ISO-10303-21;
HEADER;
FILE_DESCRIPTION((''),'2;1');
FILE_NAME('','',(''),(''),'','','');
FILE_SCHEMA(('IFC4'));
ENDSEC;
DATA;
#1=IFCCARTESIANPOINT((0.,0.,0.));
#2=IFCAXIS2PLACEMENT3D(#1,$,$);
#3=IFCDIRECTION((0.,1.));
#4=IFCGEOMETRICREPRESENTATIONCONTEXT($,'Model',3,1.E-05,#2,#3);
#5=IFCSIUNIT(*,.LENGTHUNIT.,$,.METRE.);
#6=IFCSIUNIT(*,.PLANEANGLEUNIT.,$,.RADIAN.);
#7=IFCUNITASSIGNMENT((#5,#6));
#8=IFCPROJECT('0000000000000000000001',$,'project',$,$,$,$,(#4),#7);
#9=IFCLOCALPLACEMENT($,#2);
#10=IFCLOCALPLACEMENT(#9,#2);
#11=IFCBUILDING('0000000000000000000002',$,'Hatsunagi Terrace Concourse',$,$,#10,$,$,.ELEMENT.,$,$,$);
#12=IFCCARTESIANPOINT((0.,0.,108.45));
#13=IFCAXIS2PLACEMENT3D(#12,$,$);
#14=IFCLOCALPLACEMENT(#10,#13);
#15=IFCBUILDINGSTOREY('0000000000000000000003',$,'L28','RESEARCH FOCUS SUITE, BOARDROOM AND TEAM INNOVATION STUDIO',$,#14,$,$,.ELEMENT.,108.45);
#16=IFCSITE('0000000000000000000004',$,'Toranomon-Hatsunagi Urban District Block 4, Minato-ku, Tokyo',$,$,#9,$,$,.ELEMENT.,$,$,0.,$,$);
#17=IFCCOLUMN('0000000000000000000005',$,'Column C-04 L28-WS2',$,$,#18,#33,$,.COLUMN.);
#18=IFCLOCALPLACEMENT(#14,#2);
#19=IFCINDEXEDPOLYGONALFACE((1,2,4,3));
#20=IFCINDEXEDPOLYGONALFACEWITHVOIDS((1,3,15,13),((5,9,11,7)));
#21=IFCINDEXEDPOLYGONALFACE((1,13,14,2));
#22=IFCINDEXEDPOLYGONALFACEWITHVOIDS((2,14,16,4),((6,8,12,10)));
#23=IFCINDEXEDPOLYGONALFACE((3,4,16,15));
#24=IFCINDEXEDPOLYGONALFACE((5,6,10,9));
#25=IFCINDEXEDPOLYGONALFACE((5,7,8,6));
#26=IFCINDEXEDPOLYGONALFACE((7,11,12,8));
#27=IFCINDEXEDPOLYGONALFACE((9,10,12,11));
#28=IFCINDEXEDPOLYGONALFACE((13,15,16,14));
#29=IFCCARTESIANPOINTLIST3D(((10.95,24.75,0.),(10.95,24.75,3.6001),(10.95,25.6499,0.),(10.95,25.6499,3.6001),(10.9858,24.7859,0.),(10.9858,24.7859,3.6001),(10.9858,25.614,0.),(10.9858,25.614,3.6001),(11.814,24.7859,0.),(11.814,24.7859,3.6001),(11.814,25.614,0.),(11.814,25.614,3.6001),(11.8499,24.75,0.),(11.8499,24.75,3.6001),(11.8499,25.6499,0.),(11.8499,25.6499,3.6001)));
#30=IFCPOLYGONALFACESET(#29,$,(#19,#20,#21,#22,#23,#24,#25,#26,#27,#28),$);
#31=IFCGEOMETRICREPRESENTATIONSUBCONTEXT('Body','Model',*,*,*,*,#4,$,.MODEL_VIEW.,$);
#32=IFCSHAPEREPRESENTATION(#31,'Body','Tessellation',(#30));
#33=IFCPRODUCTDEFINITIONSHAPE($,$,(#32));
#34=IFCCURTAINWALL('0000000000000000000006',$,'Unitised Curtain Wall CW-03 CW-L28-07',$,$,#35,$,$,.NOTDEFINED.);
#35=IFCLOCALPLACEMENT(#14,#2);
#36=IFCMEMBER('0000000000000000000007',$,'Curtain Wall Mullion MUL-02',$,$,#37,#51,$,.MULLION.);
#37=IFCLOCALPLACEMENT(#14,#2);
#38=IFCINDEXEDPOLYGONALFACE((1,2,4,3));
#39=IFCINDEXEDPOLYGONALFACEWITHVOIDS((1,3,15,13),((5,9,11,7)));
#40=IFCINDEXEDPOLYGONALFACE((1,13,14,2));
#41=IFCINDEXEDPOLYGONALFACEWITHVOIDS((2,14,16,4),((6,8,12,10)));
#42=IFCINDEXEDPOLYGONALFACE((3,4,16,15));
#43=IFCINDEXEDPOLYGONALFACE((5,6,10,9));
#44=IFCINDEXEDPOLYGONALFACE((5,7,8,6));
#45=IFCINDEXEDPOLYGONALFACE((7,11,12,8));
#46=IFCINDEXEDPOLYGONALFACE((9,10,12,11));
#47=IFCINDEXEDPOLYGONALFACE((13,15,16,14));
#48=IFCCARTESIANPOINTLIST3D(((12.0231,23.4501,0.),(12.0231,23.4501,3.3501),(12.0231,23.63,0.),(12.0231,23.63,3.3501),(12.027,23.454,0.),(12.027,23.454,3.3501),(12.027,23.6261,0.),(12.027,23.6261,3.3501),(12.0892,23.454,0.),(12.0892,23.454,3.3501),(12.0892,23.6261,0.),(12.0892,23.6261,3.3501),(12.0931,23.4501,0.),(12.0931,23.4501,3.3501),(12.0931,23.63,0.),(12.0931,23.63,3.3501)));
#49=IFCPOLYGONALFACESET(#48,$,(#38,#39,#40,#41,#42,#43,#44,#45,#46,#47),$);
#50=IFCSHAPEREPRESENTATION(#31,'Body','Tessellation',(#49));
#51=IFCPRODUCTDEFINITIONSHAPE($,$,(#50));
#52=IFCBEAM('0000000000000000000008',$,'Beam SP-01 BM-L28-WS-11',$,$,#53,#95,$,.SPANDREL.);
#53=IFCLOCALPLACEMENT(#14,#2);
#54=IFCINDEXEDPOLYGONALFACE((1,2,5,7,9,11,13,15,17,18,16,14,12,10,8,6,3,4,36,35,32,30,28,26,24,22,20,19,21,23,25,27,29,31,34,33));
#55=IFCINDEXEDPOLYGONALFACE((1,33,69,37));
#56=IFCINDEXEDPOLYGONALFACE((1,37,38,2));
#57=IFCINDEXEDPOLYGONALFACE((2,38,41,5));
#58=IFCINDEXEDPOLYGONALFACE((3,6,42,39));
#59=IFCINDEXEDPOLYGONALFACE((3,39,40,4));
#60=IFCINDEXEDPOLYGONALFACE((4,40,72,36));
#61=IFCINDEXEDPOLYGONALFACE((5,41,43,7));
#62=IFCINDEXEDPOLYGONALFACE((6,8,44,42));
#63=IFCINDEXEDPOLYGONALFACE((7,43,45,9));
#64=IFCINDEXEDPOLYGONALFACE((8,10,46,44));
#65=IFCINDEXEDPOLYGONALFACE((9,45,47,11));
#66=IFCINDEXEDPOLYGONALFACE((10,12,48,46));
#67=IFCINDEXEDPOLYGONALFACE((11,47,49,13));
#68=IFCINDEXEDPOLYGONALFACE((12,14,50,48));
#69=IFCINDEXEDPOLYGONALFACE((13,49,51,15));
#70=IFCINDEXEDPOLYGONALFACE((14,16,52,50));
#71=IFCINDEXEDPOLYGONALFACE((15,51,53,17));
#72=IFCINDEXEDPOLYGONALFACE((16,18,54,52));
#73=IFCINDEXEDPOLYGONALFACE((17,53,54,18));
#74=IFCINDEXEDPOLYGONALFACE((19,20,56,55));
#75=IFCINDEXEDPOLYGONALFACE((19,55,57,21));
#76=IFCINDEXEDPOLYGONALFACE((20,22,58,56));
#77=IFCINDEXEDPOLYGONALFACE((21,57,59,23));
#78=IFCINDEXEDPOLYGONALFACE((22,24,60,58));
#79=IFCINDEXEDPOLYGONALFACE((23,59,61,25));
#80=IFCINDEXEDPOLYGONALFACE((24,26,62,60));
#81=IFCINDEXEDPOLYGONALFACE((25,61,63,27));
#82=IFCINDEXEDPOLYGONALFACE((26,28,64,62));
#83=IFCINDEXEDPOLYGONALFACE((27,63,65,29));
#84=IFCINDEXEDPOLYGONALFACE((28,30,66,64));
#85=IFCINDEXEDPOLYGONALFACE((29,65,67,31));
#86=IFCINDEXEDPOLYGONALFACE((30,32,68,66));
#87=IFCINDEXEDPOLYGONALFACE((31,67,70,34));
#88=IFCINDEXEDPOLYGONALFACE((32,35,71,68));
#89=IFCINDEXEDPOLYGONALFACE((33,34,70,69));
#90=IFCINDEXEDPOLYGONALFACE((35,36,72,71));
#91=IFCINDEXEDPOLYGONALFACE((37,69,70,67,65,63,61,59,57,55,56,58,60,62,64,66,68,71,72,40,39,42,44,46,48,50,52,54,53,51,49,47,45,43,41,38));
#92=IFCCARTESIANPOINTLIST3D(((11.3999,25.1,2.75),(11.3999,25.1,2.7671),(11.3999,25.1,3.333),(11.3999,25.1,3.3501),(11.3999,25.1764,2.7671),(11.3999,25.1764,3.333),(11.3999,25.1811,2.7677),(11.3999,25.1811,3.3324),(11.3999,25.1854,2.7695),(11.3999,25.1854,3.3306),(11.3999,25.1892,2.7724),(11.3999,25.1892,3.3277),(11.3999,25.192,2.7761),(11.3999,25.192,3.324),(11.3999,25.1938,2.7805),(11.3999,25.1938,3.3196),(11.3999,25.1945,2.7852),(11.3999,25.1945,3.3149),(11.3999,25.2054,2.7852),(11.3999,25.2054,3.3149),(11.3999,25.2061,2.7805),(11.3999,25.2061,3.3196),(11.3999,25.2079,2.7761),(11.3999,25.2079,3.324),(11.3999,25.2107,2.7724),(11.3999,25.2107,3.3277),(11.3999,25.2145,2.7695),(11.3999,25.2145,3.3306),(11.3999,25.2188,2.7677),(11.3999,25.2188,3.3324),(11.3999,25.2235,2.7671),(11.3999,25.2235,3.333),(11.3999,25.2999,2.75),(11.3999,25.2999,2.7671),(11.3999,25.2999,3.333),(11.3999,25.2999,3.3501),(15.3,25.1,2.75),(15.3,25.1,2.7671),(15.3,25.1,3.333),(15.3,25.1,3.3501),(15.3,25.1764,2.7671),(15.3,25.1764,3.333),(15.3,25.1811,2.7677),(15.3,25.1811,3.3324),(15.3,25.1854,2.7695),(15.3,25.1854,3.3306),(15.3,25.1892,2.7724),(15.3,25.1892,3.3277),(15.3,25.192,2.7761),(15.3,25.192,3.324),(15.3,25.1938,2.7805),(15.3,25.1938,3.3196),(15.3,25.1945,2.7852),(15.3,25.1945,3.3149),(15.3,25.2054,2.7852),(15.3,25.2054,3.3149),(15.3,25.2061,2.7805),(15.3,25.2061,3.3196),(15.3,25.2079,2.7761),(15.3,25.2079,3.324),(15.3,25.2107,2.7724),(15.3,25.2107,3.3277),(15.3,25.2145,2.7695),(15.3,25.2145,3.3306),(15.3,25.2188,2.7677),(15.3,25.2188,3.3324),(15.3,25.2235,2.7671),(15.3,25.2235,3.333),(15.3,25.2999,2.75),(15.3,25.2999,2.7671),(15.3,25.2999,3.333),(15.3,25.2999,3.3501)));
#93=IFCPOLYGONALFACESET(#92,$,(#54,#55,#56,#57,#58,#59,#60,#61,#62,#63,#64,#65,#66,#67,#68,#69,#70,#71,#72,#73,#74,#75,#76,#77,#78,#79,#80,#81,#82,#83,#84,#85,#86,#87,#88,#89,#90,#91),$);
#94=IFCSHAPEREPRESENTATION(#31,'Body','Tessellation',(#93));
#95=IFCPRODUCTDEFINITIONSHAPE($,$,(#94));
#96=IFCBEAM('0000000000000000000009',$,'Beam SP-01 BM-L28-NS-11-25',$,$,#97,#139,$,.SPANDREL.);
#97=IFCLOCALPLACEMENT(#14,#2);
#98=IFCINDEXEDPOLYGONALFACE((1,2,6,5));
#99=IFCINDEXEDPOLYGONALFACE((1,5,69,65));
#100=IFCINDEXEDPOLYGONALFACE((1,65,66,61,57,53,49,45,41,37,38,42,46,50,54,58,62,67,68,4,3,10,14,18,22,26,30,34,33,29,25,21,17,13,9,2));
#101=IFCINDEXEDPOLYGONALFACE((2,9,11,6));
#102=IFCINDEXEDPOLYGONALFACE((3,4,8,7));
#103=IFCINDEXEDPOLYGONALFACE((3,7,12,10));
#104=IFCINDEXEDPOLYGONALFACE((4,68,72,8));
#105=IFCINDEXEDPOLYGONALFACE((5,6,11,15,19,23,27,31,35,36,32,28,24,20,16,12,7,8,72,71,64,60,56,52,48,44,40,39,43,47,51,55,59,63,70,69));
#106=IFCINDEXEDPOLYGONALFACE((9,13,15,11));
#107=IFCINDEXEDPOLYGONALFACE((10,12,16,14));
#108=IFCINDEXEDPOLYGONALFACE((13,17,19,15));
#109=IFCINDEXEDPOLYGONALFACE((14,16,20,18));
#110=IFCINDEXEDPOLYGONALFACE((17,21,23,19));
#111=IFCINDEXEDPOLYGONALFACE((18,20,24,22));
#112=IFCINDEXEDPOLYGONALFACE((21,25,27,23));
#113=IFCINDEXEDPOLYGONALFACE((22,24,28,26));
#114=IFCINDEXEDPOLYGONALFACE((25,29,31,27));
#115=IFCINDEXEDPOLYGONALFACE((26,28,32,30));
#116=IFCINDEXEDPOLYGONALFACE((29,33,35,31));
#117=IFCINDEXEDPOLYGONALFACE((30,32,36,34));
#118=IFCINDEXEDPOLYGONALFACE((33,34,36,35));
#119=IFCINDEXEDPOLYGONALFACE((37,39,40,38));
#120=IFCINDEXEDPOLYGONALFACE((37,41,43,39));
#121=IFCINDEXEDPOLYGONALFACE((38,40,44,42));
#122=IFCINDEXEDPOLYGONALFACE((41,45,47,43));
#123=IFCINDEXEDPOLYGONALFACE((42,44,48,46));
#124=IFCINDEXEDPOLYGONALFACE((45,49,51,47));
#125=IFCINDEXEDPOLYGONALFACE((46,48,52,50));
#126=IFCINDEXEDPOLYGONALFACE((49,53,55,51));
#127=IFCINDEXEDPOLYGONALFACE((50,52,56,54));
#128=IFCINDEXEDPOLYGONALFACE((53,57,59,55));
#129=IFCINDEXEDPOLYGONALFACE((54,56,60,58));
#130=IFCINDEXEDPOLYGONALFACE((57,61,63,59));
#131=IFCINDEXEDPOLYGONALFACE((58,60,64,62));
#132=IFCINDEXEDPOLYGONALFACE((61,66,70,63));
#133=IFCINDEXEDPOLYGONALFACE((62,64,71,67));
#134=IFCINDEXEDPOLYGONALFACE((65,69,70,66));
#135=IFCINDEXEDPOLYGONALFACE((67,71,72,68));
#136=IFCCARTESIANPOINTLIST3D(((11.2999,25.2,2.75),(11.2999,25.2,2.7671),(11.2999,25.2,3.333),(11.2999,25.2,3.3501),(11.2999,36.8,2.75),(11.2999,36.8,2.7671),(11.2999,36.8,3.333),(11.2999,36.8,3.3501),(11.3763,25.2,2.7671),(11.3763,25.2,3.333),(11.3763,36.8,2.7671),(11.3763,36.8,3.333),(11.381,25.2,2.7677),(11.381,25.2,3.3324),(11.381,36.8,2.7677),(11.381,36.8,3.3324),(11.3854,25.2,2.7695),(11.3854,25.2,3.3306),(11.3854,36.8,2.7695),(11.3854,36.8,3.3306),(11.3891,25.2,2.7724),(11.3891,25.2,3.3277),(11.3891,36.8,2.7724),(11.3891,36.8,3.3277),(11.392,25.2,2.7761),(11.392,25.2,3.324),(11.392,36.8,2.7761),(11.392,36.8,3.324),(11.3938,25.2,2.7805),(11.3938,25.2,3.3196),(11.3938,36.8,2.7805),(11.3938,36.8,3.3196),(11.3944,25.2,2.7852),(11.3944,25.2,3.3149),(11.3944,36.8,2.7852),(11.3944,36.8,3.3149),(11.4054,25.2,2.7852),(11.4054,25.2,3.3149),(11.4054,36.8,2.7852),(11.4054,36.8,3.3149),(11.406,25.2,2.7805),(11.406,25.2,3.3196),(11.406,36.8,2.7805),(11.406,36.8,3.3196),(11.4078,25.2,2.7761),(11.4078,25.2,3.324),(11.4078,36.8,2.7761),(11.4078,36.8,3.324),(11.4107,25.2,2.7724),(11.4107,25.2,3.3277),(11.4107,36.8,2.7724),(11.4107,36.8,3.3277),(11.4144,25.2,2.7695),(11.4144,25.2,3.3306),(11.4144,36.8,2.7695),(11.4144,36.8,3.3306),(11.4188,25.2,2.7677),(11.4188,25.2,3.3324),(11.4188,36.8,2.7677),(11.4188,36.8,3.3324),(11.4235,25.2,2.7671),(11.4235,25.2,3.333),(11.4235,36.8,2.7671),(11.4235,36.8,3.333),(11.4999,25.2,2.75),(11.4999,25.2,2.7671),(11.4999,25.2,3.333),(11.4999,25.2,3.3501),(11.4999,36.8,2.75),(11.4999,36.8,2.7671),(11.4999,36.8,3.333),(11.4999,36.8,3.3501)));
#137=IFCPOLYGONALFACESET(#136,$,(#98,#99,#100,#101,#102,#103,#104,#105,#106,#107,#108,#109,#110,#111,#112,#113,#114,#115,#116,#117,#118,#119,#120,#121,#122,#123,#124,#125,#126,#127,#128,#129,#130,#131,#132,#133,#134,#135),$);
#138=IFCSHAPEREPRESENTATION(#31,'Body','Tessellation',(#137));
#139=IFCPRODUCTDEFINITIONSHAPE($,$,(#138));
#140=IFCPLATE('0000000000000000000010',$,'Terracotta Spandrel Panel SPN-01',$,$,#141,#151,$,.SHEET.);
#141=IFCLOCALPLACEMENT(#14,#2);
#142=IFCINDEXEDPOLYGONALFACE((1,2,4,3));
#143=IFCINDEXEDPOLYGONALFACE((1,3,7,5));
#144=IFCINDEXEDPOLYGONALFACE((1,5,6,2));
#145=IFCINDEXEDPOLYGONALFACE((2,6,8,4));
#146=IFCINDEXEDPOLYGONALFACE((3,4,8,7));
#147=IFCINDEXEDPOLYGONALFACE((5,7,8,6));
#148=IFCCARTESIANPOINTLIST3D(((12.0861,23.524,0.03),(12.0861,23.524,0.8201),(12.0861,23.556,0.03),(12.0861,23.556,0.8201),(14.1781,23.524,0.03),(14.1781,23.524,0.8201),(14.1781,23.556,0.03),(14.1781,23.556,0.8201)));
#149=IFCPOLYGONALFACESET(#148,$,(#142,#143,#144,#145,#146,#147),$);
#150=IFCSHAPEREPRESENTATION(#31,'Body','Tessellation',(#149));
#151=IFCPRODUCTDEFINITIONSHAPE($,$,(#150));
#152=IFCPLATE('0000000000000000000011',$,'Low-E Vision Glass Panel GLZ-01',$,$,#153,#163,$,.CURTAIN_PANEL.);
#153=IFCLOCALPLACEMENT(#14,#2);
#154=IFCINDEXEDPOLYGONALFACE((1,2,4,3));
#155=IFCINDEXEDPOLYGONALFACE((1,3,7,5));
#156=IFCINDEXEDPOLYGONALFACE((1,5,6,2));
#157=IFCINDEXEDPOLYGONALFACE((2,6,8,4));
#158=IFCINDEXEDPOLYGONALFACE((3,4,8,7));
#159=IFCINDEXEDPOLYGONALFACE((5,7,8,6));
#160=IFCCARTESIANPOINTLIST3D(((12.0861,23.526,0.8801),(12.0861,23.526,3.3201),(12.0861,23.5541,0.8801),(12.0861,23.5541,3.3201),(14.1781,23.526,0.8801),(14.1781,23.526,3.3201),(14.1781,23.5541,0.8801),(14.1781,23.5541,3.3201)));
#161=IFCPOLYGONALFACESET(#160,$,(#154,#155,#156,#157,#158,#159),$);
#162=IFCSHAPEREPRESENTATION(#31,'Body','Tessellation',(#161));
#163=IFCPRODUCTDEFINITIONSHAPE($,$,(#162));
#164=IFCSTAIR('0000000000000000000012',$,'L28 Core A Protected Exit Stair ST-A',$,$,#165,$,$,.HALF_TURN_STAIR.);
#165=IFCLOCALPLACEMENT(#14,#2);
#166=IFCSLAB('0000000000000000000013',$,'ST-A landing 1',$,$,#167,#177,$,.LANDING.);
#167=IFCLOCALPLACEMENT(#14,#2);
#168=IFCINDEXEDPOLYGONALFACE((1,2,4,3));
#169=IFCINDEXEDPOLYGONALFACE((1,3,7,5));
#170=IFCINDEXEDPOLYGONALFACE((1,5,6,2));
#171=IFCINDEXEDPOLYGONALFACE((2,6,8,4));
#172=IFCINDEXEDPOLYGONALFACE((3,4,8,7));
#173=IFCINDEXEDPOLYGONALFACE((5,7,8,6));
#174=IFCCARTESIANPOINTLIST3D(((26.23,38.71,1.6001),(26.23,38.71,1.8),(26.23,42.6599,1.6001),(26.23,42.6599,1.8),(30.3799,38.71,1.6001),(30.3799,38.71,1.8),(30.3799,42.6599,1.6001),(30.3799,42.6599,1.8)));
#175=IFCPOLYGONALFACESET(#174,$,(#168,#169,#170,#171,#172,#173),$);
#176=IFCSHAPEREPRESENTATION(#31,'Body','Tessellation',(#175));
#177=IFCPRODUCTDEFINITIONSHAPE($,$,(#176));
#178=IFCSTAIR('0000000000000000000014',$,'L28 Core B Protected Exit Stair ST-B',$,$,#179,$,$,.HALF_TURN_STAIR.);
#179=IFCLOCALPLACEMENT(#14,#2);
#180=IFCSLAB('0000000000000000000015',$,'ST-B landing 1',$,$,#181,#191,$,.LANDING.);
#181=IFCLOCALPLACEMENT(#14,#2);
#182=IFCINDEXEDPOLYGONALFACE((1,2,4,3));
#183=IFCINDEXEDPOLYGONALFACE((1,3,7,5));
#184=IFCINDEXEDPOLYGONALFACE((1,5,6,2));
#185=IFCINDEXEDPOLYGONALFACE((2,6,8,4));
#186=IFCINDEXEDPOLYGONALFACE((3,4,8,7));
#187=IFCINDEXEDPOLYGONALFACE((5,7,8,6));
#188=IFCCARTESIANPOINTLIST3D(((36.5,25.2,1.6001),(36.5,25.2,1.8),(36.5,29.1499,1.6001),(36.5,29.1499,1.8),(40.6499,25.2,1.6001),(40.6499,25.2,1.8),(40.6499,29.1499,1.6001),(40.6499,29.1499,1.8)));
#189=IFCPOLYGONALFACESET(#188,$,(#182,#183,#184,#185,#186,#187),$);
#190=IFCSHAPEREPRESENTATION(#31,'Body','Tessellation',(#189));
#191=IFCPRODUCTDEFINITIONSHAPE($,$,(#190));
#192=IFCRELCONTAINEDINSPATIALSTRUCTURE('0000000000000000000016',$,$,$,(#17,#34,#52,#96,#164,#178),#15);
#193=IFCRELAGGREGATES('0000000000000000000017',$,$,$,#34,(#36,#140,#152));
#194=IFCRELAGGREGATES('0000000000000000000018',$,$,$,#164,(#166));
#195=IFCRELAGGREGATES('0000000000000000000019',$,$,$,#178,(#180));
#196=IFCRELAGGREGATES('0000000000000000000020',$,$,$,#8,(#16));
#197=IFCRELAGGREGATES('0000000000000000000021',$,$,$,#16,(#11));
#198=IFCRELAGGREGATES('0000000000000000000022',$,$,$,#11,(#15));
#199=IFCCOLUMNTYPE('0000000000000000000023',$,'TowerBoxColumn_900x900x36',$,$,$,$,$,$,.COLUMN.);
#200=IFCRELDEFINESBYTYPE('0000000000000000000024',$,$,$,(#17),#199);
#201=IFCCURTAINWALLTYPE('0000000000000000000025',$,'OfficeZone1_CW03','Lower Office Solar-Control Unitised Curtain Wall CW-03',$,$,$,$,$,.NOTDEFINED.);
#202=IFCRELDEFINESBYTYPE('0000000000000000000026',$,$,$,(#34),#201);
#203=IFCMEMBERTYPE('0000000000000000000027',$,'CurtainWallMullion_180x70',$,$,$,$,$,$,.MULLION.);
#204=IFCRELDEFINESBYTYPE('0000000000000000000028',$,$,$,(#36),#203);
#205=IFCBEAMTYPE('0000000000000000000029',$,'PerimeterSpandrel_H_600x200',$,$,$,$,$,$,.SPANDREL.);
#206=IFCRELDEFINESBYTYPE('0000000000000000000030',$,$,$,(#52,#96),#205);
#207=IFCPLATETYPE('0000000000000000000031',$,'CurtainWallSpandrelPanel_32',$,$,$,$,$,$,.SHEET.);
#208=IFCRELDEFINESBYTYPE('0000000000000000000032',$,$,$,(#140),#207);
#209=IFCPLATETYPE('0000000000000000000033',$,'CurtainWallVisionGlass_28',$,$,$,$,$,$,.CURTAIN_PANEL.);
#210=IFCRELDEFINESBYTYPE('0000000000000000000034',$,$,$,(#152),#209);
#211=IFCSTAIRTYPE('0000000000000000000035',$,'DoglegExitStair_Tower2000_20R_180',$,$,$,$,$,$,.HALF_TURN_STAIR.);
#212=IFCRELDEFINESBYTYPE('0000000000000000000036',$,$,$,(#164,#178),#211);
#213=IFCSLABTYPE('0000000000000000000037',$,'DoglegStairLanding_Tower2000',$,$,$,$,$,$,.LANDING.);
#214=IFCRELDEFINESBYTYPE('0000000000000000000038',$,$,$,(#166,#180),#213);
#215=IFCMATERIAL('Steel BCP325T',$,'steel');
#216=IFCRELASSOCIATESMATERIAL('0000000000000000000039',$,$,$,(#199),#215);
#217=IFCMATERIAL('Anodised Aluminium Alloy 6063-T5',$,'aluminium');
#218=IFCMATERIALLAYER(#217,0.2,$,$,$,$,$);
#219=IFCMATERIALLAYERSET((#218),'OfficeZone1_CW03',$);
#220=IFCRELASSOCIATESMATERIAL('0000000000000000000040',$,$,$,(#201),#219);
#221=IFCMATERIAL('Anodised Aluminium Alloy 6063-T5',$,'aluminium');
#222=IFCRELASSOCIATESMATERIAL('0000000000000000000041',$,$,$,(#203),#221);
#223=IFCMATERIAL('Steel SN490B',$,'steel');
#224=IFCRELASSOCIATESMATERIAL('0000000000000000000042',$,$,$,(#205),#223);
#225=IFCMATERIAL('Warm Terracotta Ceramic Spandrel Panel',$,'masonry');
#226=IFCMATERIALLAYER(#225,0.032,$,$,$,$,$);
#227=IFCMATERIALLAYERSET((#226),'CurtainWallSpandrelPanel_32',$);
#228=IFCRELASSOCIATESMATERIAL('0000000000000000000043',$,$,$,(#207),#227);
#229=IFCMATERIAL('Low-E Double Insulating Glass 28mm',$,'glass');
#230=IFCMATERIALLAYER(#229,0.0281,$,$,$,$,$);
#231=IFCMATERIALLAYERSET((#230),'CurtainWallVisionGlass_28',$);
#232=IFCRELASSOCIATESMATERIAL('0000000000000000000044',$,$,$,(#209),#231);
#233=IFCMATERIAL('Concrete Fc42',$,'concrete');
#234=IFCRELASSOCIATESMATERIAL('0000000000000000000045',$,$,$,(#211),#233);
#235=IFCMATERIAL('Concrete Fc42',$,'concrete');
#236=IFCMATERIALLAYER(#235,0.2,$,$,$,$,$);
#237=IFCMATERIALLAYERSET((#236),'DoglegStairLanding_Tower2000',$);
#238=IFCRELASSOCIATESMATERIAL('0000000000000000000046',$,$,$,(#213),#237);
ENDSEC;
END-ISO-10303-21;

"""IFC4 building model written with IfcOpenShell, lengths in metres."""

from ifc_helpers import new_model, si_unit, direction, frame, origin, origin_2d, place, context, subcontext, project, spatial, polyline, rectangle, hollow_rectangle, i_section, outline, extrude, material, layer, layer_set, material_profile, profile_set, type_object, element, aggregate, save


model = new_model("IFC4")

# Units and contexts
model_context = context("Model", 3, precision=1e-05, world=origin(), true_north=direction((0.0, 1.0)))
body_context = subcontext(model_context, "Body", "Model", "MODEL_VIEW")
ifc_project = project(units=[si_unit("LENGTHUNIT", "METRE"), si_unit("PLANEANGLEUNIT", "RADIAN")], contexts=[model_context])

# Site, building, storey
site_placement = place(None, origin())
site = spatial("IfcSite", under=ifc_project, at=site_placement, Name="Toranomon-Hatsunagi Urban District Block 4, Minato-ku, Tokyo", CompositionType="ELEMENT", RefElevation=0.0)
building_placement = place(site_placement, origin())
building = spatial("IfcBuilding", under=site, at=building_placement, Name="Hatsunagi Terrace Concourse", CompositionType="ELEMENT")
storey_placement = place(building_placement, frame((0.0, 0.0, 108.45)))
storey = spatial("IfcBuildingStorey", under=building, at=storey_placement, Name="L28", Description="RESEARCH FOCUS SUITE, BOARDROOM AND TEAM INNOVATION STUDIO", CompositionType="ELEMENT", Elevation=108.45)

# Column
ifc_material_1 = material(Name="Steel BCP325T", Category="steel")
ifc_material_profile_1 = material_profile(ifc_material_1, hollow_rectangle(XDim=0.8999, YDim=0.8999, WallThickness=0.0359, at=origin_2d()), Name="BCP-900x900x36")
ifc_profile_set_1 = profile_set([ifc_material_profile_1], Name="Steel BCP325T")
column_type = type_object("IfcColumnType", Name="TowerBoxColumn_900x900x36", PredefinedType="COLUMN", material=ifc_profile_set_1)
column_placement = place(storey_placement, frame((11.3999, 25.2, 0.0), z_axis=(0.0, 0.0, 1.0), x_axis=(1.0, 0.0, 0.0)))
element("IfcColumn", 1, at=column_placement, inside=storey, type_object=column_type, Name="Column C-04 L28-WS2", PredefinedType="COLUMN", context=body_context, shape_type="SweptSolid", body=[
    extrude(hollow_rectangle(XDim=0.8999, YDim=0.8999, WallThickness=0.0359, at=origin_2d()), origin(), (0.0, 0.0, 1.0), 3.6001),
])

# Curtain wall, member
ifc_material_2 = material(Name="Anodised Aluminium Alloy 6063-T5", Category="aluminium")
ifc_layer_1 = layer(ifc_material_2, 0.2)
ifc_layer_set_1 = layer_set([ifc_layer_1], Name="OfficeZone1_CW03")
curtain_wall_type = type_object("IfcCurtainWallType", Name="OfficeZone1_CW03", Description="Lower Office Solar-Control Unitised Curtain Wall CW-03", PredefinedType="NOTDEFINED", material=ifc_layer_set_1)
curtain_wall_placement = place(storey_placement, origin())
curtain_wall = element("IfcCurtainWall", 2, at=curtain_wall_placement, inside=storey, type_object=curtain_wall_type, Name="Unitised Curtain Wall CW-03 CW-L28-07", PredefinedType="NOTDEFINED")
ifc_material_3 = material(Name="Anodised Aluminium Alloy 6063-T5", Category="aluminium")
ifc_material_profile_2 = material_profile(ifc_material_3, hollow_rectangle(XDim=0.0701, YDim=0.1799, WallThickness=0.0039, at=origin_2d()), Name="ALU-MUL-180x70x4")
ifc_profile_set_2 = profile_set([ifc_material_profile_2], Name="Anodised Aluminium Alloy 6063-T5")
member_type = type_object("IfcMemberType", Name="CurtainWallMullion_180x70", PredefinedType="MULLION", material=ifc_profile_set_2)
member_placement = place(storey_placement, frame((12.0581, 23.54, 0.0), z_axis=(0.0, 0.0, 1.0), x_axis=(-1.0, 0.0, 0.0)))
member = element("IfcMember", 3, at=member_placement, type_object=member_type, Name="Curtain Wall Mullion MUL-02", PredefinedType="MULLION", context=body_context, shape_type="SweptSolid", body=[
    extrude(hollow_rectangle(XDim=0.0701, YDim=0.1799, WallThickness=0.0039, at=origin_2d()), origin(), (0.0, 0.0, 1.0), 3.3501),
])

# Beams
ifc_material_4 = material(Name="Steel SN490B", Category="steel")
ifc_material_profile_3 = material_profile(ifc_material_4, i_section(OverallWidth=0.2, OverallDepth=0.6001, WebThickness=0.011, FlangeThickness=0.0171, FilletRadius=0.0181, at=origin_2d()), Name="H-600x200x11x17")
ifc_profile_set_3 = profile_set([ifc_material_profile_3], Name="Steel SN490B")
beam_type = type_object("IfcBeamType", Name="PerimeterSpandrel_H_600x200", PredefinedType="SPANDREL", material=ifc_profile_set_3)
beam_1_placement = place(storey_placement, frame((11.3999, 25.2, 3.05), z_axis=(1.0, 0.0, 0.0), x_axis=(0.0, 1.0, 0.0)))
element("IfcBeam", 4, at=beam_1_placement, inside=storey, type_object=beam_type, Name="Beam SP-01 BM-L28-WS-11", PredefinedType="SPANDREL", context=body_context, shape_type="SweptSolid", body=[
    extrude(i_section(OverallWidth=0.2, OverallDepth=0.6001, WebThickness=0.011, FlangeThickness=0.0171, FilletRadius=0.0181, at=origin_2d()), origin(), (0.0, 0.0, 1.0), 3.9001),
])
beam_2_placement = place(storey_placement, frame((11.3999, 25.2, 3.05), z_axis=(0.0, 1.0, 0.0), x_axis=(-1.0, 0.0, 0.0)))
element("IfcBeam", 5, at=beam_2_placement, inside=storey, type_object=beam_type, Name="Beam SP-01 BM-L28-NS-11-25", PredefinedType="SPANDREL", context=body_context, shape_type="SweptSolid", body=[
    extrude(i_section(OverallWidth=0.2, OverallDepth=0.6001, WebThickness=0.011, FlangeThickness=0.0171, FilletRadius=0.0181, at=origin_2d()), origin(), (0.0, 0.0, 1.0), 11.6001),
])

# Plates
ifc_material_5 = material(Name="Warm Terracotta Ceramic Spandrel Panel", Category="masonry")
ifc_layer_2 = layer(ifc_material_5, 0.032)
ifc_layer_set_2 = layer_set([ifc_layer_2], Name="CurtainWallSpandrelPanel_32")
plate_type_1 = type_object("IfcPlateType", Name="CurtainWallSpandrelPanel_32", PredefinedType="SHEET", material=ifc_layer_set_2)
plate_1_placement = place(storey_placement, frame((13.1321, 23.54, 0.03), z_axis=(0.0, 0.0, 1.0), x_axis=(-1.0, 0.0, 0.0)))
plate_1 = element("IfcPlate", 6, at=plate_1_placement, type_object=plate_type_1, Name="Terracotta Spandrel Panel SPN-01", PredefinedType="SHEET", context=body_context, shape_type="SweptSolid", body=[
    extrude(rectangle(XDim=2.092, YDim=0.032, at=origin_2d()), origin(), (0.0, 0.0, 1.0), 0.79),
])
ifc_material_6 = material(Name="Low-E Double Insulating Glass 28mm", Category="glass")
ifc_layer_3 = layer(ifc_material_6, 0.0281)
ifc_layer_set_3 = layer_set([ifc_layer_3], Name="CurtainWallVisionGlass_28")
plate_type_2 = type_object("IfcPlateType", Name="CurtainWallVisionGlass_28", PredefinedType="CURTAIN_PANEL", material=ifc_layer_set_3)
plate_2_placement = place(storey_placement, frame((13.1321, 23.54, 0.8801), z_axis=(0.0, 0.0, 1.0), x_axis=(-1.0, 0.0, 0.0)))
plate_2 = element("IfcPlate", 7, at=plate_2_placement, type_object=plate_type_2, Name="Low-E Vision Glass Panel GLZ-01", PredefinedType="CURTAIN_PANEL", context=body_context, shape_type="SweptSolid", body=[
    extrude(rectangle(XDim=2.092, YDim=0.0281, at=origin_2d()), origin(), (0.0, 0.0, 1.0), 2.4399),
])
aggregate(curtain_wall, [member, plate_1, plate_2])

# Stairs, slabs
ifc_material_7 = material(Name="Concrete Fc42", Category="concrete")
stair_type = type_object("IfcStairType", Name="DoglegExitStair_Tower2000_20R_180", PredefinedType="HALF_TURN_STAIR", material=ifc_material_7)
stair_1_placement = place(storey_placement, origin())
stair_1 = element("IfcStair", 8, at=stair_1_placement, inside=storey, type_object=stair_type, Name="L28 Core A Protected Exit Stair ST-A", PredefinedType="HALF_TURN_STAIR")
ifc_material_8 = material(Name="Concrete Fc42", Category="concrete")
ifc_layer_4 = layer(ifc_material_8, 0.2)
ifc_layer_set_4 = layer_set([ifc_layer_4], Name="DoglegStairLanding_Tower2000")
slab_type_1 = type_object("IfcSlabType", Name="DoglegStairLanding_Tower2000", PredefinedType="LANDING", material=ifc_layer_set_4)
slab_1_placement = place(storey_placement, frame((0.0, 0.0, 1.6001)))
slab_1 = element("IfcSlab", 9, at=slab_1_placement, type_object=slab_type_1, Name="ST-A landing 1", PredefinedType="LANDING", context=body_context, shape_type="SweptSolid", body=[
    extrude(outline(polyline([(30.3799, 38.71), (30.3799, 42.6599), (26.23, 42.6599), (26.23, 38.71), (30.3799, 38.71)])), origin(), (0.0, 0.0, 1.0), 0.2),
])
aggregate(stair_1, [slab_1])
stair_2_placement = place(storey_placement, origin())
stair_2 = element("IfcStair", 10, at=stair_2_placement, inside=storey, type_object=stair_type, Name="L28 Core B Protected Exit Stair ST-B", PredefinedType="HALF_TURN_STAIR")
slab_2_placement = place(storey_placement, frame((0.0, 0.0, 1.6001)))
slab_2 = element("IfcSlab", 11, at=slab_2_placement, type_object=slab_type_1, Name="ST-B landing 1", PredefinedType="LANDING", context=body_context, shape_type="SweptSolid", body=[
    extrude(outline(polyline([(36.5, 29.1499), (36.5, 25.2), (40.6499, 25.2), (40.6499, 29.1499), (36.5, 29.1499)])), origin(), (0.0, 0.0, 1.0), 0.2),
])
aggregate(stair_2, [slab_2])

save(model, "model.ifc")
